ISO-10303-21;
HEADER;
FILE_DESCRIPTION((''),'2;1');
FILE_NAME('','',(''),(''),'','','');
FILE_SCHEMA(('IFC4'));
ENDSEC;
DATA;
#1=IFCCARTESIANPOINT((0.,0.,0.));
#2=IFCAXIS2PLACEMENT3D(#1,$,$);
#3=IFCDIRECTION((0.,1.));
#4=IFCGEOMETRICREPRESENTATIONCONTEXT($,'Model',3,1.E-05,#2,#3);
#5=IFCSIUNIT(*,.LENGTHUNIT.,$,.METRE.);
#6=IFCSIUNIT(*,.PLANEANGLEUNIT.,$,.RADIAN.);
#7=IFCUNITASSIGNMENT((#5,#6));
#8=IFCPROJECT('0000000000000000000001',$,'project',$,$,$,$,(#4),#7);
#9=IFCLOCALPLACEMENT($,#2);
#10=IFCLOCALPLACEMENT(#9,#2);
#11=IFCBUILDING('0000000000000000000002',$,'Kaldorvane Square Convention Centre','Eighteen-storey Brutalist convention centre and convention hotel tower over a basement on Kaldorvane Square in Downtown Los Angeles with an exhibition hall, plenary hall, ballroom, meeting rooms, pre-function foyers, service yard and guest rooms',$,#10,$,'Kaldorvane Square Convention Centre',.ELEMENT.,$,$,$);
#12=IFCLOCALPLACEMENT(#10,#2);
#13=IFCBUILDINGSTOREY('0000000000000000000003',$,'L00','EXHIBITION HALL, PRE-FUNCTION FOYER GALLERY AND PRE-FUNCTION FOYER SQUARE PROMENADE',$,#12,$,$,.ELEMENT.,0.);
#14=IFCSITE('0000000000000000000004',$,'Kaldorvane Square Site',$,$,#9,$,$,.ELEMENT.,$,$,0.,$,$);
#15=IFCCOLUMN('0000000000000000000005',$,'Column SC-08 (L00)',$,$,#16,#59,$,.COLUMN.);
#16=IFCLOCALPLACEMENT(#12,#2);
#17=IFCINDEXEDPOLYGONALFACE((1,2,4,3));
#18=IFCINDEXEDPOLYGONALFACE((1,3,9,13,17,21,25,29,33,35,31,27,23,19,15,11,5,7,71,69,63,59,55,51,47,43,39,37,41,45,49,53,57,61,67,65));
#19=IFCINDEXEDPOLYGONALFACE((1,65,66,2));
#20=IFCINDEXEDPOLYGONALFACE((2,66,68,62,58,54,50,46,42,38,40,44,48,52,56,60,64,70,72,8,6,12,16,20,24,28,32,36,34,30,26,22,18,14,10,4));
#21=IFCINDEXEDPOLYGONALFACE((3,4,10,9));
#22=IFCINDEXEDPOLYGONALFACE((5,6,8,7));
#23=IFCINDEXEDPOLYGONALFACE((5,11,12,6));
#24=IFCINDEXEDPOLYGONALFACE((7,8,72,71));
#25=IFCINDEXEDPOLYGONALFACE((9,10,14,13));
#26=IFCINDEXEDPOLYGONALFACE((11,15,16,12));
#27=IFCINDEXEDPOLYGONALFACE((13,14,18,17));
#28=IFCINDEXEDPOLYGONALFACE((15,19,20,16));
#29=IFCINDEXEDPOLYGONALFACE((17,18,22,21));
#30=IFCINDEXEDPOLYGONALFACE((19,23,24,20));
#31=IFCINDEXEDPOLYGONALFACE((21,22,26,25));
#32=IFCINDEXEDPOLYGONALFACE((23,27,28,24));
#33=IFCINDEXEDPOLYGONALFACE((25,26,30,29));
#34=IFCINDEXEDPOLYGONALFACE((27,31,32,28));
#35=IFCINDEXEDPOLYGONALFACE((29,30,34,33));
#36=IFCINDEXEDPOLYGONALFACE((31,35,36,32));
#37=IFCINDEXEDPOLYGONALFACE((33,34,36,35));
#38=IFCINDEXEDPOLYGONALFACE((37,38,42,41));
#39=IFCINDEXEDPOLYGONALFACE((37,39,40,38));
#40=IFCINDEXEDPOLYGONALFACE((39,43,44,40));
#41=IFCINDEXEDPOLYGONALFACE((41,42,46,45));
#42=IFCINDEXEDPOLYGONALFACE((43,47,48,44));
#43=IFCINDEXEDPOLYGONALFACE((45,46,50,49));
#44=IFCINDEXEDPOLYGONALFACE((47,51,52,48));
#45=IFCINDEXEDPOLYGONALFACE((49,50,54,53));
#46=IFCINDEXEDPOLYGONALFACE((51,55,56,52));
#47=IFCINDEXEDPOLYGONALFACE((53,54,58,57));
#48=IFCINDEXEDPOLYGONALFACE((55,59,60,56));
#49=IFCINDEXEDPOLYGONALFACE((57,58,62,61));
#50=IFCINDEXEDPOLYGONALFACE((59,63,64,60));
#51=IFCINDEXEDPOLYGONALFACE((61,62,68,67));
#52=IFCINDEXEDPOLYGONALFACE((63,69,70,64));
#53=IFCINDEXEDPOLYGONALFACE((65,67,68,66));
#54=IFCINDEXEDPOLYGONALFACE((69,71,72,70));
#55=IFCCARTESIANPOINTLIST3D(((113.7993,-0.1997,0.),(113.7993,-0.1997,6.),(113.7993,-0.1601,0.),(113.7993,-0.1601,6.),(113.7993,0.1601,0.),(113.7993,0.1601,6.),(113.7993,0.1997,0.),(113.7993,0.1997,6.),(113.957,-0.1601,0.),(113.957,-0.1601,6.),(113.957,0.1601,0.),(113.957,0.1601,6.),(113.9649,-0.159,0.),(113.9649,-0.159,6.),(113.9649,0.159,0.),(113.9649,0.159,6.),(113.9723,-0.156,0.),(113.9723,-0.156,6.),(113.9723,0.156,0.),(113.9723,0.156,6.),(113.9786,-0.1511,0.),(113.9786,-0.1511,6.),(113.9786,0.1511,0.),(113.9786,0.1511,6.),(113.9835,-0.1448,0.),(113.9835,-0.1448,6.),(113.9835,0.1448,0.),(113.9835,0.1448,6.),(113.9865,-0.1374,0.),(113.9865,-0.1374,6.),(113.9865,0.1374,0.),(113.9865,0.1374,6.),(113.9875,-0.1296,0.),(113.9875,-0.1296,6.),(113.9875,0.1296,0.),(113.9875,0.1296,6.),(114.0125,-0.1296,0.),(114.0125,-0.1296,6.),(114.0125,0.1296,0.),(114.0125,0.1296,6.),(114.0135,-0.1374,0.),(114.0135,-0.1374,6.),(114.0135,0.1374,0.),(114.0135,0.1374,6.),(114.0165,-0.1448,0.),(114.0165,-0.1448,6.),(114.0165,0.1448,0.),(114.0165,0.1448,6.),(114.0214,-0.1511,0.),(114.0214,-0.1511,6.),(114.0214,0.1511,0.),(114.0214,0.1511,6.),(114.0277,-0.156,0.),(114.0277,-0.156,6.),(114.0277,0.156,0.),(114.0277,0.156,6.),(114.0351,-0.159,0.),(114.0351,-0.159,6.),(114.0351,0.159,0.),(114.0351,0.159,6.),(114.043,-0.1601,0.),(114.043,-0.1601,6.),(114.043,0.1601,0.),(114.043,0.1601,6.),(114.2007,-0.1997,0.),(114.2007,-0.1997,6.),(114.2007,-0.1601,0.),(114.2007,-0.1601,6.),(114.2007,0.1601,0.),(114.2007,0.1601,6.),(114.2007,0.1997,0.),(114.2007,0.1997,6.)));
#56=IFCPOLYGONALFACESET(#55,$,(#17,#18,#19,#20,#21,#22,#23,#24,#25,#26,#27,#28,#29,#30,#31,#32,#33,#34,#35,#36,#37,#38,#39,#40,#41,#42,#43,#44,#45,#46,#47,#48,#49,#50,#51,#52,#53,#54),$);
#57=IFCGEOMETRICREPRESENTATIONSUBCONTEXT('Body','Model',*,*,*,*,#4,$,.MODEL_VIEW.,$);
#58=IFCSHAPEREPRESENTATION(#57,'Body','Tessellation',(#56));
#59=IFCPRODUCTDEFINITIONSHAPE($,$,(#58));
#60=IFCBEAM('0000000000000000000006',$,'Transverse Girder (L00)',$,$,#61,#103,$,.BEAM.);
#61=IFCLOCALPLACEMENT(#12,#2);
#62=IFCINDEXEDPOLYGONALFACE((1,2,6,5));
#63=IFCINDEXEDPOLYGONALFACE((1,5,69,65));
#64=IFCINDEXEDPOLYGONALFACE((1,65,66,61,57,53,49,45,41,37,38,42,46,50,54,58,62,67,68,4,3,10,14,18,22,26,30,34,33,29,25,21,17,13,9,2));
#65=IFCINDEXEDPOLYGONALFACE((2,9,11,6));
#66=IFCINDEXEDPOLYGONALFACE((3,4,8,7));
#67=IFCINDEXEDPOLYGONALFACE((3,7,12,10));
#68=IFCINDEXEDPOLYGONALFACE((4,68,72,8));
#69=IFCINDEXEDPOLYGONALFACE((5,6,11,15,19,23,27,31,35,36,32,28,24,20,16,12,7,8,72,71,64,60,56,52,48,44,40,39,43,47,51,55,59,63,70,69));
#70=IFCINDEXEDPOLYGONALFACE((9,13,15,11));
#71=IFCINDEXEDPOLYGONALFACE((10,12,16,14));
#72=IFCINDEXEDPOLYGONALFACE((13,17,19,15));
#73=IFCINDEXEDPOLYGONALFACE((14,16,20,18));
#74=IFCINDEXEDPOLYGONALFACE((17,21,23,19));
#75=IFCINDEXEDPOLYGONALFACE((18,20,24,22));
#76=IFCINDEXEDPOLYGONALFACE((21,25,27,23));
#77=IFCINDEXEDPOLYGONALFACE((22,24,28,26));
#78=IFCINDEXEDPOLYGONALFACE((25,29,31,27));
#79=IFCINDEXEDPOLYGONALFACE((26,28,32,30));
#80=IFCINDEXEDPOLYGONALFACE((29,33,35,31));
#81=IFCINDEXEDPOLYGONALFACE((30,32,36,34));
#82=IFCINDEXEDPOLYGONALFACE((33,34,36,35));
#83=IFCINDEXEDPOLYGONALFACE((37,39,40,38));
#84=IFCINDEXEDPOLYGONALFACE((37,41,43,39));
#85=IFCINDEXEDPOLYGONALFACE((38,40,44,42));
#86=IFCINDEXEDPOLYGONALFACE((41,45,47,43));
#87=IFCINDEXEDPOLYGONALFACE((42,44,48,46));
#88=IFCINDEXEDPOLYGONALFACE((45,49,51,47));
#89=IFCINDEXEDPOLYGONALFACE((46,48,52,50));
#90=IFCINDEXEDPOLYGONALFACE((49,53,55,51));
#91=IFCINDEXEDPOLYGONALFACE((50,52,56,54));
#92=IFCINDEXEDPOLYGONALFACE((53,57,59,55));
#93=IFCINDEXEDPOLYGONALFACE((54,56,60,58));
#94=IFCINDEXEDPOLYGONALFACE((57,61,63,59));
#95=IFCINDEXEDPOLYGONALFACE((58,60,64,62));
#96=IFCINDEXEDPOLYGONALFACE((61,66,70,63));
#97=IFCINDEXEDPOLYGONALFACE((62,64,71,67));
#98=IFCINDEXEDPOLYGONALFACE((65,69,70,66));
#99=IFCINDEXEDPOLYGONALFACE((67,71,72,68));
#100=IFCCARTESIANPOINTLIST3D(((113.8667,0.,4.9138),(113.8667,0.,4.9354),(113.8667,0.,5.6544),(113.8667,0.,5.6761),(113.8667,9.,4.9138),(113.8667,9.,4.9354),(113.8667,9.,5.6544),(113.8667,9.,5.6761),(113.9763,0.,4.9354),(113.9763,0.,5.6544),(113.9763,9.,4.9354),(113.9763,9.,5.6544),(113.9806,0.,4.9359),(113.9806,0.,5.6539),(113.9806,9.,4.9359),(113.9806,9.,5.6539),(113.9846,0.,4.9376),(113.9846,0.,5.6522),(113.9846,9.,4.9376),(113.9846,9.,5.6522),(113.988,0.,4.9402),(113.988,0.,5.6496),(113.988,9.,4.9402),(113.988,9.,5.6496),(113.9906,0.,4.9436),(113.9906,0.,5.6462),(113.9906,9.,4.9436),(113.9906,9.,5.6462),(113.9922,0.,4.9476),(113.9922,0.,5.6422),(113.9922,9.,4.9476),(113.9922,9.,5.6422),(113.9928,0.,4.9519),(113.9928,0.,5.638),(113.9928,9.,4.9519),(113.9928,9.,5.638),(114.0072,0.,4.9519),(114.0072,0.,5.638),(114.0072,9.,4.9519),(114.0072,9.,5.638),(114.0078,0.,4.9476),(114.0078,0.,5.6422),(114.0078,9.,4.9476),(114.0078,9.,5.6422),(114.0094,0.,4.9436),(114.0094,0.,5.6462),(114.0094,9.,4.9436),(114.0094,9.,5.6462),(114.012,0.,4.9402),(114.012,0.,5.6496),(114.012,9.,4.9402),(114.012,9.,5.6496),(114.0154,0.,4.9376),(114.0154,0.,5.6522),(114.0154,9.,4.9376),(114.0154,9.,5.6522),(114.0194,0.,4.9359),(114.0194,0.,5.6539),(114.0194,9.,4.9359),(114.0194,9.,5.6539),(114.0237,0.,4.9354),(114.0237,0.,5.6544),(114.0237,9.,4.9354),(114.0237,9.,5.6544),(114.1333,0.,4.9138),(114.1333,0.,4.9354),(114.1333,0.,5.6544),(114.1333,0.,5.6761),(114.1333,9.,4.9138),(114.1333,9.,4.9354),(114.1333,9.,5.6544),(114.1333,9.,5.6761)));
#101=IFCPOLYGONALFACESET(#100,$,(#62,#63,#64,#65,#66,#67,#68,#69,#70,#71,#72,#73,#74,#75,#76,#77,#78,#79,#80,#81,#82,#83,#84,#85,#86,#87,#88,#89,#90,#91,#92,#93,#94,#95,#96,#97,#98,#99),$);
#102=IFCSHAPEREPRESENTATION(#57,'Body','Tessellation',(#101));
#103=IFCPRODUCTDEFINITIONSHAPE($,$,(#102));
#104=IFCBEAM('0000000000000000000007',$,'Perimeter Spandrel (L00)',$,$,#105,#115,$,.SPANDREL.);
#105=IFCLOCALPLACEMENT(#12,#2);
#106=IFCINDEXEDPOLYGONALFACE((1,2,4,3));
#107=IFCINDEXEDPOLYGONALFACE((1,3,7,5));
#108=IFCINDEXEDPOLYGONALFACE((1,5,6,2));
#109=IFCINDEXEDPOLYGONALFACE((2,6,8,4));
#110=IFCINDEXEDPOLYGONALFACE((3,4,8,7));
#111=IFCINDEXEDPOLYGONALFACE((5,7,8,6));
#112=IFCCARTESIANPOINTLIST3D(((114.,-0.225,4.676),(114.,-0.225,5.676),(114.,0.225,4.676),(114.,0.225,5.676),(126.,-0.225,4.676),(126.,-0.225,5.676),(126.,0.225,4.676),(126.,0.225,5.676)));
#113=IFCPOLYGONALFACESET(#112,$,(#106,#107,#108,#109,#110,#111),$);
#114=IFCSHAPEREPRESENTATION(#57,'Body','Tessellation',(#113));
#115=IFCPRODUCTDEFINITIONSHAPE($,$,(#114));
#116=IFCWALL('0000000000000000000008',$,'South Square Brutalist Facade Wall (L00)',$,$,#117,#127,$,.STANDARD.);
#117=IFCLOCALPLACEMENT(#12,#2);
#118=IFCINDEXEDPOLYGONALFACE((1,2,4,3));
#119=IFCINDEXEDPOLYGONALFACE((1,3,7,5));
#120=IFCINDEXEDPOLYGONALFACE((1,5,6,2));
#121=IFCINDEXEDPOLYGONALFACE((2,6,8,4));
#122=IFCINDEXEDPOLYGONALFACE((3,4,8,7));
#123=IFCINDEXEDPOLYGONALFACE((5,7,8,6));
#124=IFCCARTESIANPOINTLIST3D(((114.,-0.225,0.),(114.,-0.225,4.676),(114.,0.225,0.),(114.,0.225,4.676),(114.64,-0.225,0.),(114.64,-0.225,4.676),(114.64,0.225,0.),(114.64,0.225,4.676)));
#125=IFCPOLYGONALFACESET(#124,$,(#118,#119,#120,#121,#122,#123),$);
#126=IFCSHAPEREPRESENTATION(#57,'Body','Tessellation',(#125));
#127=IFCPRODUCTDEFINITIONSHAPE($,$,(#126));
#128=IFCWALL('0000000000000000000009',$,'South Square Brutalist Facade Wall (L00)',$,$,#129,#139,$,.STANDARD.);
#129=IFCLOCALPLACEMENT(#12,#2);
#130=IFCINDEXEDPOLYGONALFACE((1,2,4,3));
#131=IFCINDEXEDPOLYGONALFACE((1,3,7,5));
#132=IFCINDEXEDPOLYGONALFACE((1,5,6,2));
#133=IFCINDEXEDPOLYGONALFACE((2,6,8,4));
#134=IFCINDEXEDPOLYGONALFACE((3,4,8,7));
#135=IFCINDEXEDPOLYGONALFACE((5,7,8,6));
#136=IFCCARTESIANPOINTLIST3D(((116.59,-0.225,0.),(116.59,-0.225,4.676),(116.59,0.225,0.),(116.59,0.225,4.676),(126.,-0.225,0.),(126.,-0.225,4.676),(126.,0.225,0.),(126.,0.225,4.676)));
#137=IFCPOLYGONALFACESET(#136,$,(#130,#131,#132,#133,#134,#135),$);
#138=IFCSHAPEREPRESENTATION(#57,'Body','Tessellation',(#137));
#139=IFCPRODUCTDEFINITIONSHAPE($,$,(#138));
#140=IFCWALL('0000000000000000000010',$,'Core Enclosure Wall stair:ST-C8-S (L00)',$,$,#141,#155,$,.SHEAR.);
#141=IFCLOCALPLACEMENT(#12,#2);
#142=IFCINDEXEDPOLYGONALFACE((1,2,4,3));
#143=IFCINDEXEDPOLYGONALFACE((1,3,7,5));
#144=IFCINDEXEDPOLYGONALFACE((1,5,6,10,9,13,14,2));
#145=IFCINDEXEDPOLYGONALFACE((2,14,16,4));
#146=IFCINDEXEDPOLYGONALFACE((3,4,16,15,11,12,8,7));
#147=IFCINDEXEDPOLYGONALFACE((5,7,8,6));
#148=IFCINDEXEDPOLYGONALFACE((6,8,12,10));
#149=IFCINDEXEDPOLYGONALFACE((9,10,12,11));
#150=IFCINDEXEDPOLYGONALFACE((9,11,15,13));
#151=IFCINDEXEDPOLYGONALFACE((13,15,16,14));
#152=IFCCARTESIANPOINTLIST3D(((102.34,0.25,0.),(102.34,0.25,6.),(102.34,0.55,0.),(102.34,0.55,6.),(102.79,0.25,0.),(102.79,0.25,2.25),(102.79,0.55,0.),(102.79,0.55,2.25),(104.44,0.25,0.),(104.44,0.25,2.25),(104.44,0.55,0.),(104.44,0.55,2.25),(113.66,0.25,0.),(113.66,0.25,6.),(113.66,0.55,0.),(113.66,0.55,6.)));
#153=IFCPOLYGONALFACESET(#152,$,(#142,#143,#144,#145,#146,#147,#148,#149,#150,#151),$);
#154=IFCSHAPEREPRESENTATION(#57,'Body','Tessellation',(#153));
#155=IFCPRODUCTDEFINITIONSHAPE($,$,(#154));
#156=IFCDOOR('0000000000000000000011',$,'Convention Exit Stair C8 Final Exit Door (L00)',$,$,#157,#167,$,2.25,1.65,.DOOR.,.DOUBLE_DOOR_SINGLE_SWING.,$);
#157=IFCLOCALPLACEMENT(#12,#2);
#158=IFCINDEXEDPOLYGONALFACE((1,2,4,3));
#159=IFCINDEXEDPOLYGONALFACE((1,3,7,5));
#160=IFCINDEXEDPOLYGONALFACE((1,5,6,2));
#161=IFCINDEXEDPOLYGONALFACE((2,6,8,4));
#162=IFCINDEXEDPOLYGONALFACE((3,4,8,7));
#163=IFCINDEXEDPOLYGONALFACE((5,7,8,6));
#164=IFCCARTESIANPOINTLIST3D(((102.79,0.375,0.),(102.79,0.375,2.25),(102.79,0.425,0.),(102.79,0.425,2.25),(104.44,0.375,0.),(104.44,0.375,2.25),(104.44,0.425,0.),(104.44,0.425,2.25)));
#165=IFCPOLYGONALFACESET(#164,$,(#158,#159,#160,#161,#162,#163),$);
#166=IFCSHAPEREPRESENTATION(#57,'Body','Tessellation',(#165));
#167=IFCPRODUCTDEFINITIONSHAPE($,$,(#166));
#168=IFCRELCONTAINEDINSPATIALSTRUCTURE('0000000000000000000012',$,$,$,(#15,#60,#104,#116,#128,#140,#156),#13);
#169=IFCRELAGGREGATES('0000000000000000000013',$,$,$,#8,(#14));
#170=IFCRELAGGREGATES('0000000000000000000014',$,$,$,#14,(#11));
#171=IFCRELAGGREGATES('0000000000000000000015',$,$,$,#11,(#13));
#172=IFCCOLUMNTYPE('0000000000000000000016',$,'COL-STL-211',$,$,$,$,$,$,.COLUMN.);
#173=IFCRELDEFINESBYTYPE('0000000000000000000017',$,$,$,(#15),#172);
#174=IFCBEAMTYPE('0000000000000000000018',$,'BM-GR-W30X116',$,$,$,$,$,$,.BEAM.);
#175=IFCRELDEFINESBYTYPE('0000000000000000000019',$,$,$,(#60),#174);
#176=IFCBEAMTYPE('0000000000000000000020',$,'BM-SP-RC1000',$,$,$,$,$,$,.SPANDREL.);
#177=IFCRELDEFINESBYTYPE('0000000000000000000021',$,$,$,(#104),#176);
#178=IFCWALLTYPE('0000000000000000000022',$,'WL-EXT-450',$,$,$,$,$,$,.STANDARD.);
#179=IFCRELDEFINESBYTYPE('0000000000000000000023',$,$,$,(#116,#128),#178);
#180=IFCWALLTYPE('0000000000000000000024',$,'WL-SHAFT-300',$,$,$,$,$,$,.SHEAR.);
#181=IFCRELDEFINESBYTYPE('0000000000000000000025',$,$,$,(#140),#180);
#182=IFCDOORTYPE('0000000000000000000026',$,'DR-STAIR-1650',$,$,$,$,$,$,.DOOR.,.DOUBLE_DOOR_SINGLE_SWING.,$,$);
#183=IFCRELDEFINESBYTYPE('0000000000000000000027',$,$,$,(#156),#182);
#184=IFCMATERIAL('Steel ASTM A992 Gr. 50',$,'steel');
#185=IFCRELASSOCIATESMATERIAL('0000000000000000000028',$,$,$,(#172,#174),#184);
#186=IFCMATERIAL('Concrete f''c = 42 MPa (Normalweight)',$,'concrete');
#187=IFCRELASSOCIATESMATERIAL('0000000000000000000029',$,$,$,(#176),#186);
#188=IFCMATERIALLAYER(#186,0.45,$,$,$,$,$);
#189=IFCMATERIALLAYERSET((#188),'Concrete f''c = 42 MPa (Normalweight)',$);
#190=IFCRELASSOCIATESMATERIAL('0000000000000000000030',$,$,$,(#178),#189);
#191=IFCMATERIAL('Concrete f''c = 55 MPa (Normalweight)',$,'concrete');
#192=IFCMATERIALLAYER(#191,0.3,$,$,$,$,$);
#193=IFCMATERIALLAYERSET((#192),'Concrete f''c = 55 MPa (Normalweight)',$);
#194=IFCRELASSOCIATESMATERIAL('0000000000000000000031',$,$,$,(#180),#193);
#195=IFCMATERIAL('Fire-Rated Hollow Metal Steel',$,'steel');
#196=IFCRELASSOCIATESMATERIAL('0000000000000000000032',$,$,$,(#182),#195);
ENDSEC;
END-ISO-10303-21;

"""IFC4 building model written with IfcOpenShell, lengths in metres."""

from ifc_helpers import new_model, si_unit, direction, frame, frame_2d, origin, origin_2d, place, context, subcontext, project, spatial, rectangle, i_section, extrude, material, layer, layer_set, material_profile, profile_set, type_object, element, fill, save


model = new_model("IFC4")

# Units and contexts
model_context = context("Model", 3, precision=1e-05, world=origin(), true_north=direction((0.0, 1.0)))
body_context = subcontext(model_context, "Body", "Model", "MODEL_VIEW")
ifc_project = project(units=[si_unit("LENGTHUNIT", "METRE"), si_unit("PLANEANGLEUNIT", "RADIAN")], contexts=[model_context])

# Site, building, storey
site_placement = place(None, origin())
site = spatial("IfcSite", under=ifc_project, at=site_placement, Name="Kaldorvane Square Site", CompositionType="ELEMENT", RefElevation=0.0)
building_placement = place(site_placement, origin())
building = spatial("IfcBuilding", under=site, at=building_placement, Name="Kaldorvane Square Convention Centre", Description="Eighteen-storey Brutalist convention centre and convention hotel tower over a basement on Kaldorvane Square in Downtown Los Angeles with an exhibition hall, plenary hall, ballroom, meeting rooms, pre-function foyers, service yard and guest rooms", LongName="Kaldorvane Square Convention Centre", CompositionType="ELEMENT")
storey_placement = place(building_placement, origin())
storey = spatial("IfcBuildingStorey", under=building, at=storey_placement, Name="L00", Description="EXHIBITION HALL, PRE-FUNCTION FOYER GALLERY AND PRE-FUNCTION FOYER SQUARE PROMENADE", CompositionType="ELEMENT", Elevation=0.0)

# Column
ifc_material_1 = material(Name="Steel ASTM A992 Gr. 50", Category="steel")
ifc_material_profile_1 = material_profile(ifc_material_1, i_section(OverallWidth=0.4013, OverallDepth=0.3993, WebThickness=0.0249, FlangeThickness=0.0396, FilletRadius=0.0305, at=origin_2d()), Name="W14X211")
ifc_profile_set_1 = profile_set([ifc_material_profile_1], Name="Steel ASTM A992 Gr. 50")
column_type = type_object("IfcColumnType", Name="COL-STL-211", PredefinedType="COLUMN", material=ifc_profile_set_1)
column_placement = place(storey_placement, frame((114.0, 0.0, 0.0), z_axis=(0.0, 0.0, 1.0), x_axis=(1.0, 0.0, 0.0)))
element("IfcColumn", 1, at=column_placement, inside=storey, type_object=column_type, Name="Column SC-08 (L00)", PredefinedType="COLUMN", context=body_context, shape_type="SweptSolid", body=[
    extrude(i_section(OverallWidth=0.4013, OverallDepth=0.3993, WebThickness=0.0249, FlangeThickness=0.0396, FilletRadius=0.0305, at=origin_2d()), origin(), (0.0, 0.0, 1.0), 6.0),
])

# Beams
ifc_material_profile_2 = material_profile(ifc_material_1, i_section(OverallWidth=0.2666, OverallDepth=0.7623, WebThickness=0.0144, FlangeThickness=0.0216, FilletRadius=0.0165, at=origin_2d()), Name="W30X116")
ifc_profile_set_2 = profile_set([ifc_material_profile_2], Name="Steel ASTM A992 Gr. 50")
beam_type_1 = type_object("IfcBeamType", Name="BM-GR-W30X116", PredefinedType="BEAM", material=ifc_profile_set_2)
beam_1_placement = place(storey_placement, frame((114.0, 0.0, 5.2949), z_axis=(0.0, 1.0, 0.0), x_axis=(-1.0, 0.0, 0.0)))
element("IfcBeam", 2, at=beam_1_placement, inside=storey, type_object=beam_type_1, Name="Transverse Girder (L00)", PredefinedType="BEAM", context=body_context, shape_type="SweptSolid", body=[
    extrude(i_section(OverallWidth=0.2666, OverallDepth=0.7623, WebThickness=0.0144, FlangeThickness=0.0216, FilletRadius=0.0165, at=origin_2d()), origin(), (0.0, 0.0, 1.0), 9.0),
])
ifc_material_2 = material(Name="Concrete f'c = 42 MPa (Normalweight)", Category="concrete")
ifc_material_profile_3 = material_profile(ifc_material_2, rectangle(XDim=0.45, YDim=1.0, at=origin_2d()), Name="RCSP1000X450")
ifc_profile_set_3 = profile_set([ifc_material_profile_3], Name="Concrete f'c = 42 MPa (Normalweight)")
beam_type_2 = type_object("IfcBeamType", Name="BM-SP-RC1000", PredefinedType="SPANDREL", material=ifc_profile_set_3)
beam_2_placement = place(storey_placement, frame((114.0, 0.0, 5.176), z_axis=(1.0, 0.0, 0.0), x_axis=(0.0, 1.0, 0.0)))
element("IfcBeam", 3, at=beam_2_placement, inside=storey, type_object=beam_type_2, Name="Perimeter Spandrel (L00)", PredefinedType="SPANDREL", context=body_context, shape_type="SweptSolid", body=[
    extrude(rectangle(XDim=0.45, YDim=1.0, at=origin_2d()), origin(), (0.0, 0.0, 1.0), 12.0),
])

# Walls
ifc_layer_1 = layer(ifc_material_2, 0.45)
ifc_layer_set_1 = layer_set([ifc_layer_1], Name="Concrete f'c = 42 MPa (Normalweight)")
wall_type_1 = type_object("IfcWallType", Name="WL-EXT-450", PredefinedType="STANDARD", material=ifc_layer_set_1)
wall_1_placement = place(storey_placement, frame((114.0, 0.0, 0.0), z_axis=(0.0, 0.0, 1.0), x_axis=(1.0, 0.0, 0.0)))
element("IfcWall", 4, at=wall_1_placement, inside=storey, type_object=wall_type_1, Name="South Square Brutalist Facade Wall (L00)", PredefinedType="STANDARD", context=body_context, shape_type="SweptSolid", body=[
    extrude(rectangle(XDim=0.64, YDim=0.45, at=frame_2d((0.32, 0.0))), origin(), (0.0, 0.0, 1.0), 4.676),
])
wall_2_placement = place(storey_placement, frame((116.59, 0.0, 0.0), z_axis=(0.0, 0.0, 1.0), x_axis=(1.0, 0.0, 0.0)))
element("IfcWall", 5, at=wall_2_placement, inside=storey, type_object=wall_type_1, Name="South Square Brutalist Facade Wall (L00)", PredefinedType="STANDARD", context=body_context, shape_type="SweptSolid", body=[
    extrude(rectangle(XDim=9.41, YDim=0.45, at=frame_2d((4.705, 0.0))), origin(), (0.0, 0.0, 1.0), 4.676),
])

# Wall, opening, door
ifc_material_3 = material(Name="Concrete f'c = 55 MPa (Normalweight)", Category="concrete")
ifc_layer_2 = layer(ifc_material_3, 0.3)
ifc_layer_set_2 = layer_set([ifc_layer_2], Name="Concrete f'c = 55 MPa (Normalweight)")
wall_type_2 = type_object("IfcWallType", Name="WL-SHAFT-300", PredefinedType="SHEAR", material=ifc_layer_set_2)
wall_3_placement = place(storey_placement, frame((113.66, 0.4, 0.0), z_axis=(0.0, 0.0, 1.0), x_axis=(-1.0, 0.0, 0.0)))
wall_3 = element("IfcWall", 6, at=wall_3_placement, inside=storey, type_object=wall_type_2, Name="Core Enclosure Wall stair:ST-C8-S (L00)", PredefinedType="SHEAR", context=body_context, shape_type="SweptSolid", body=[
    extrude(rectangle(XDim=11.32, YDim=0.3, at=frame_2d((5.66, 0.0))), origin(), (0.0, 0.0, 1.0), 6.0),
])
opening_1_placement = place(wall_3_placement, frame((9.22, 0.0, 0.0)))
opening_1 = element("IfcOpeningElement", 7, at=opening_1_placement, cuts=wall_3, PredefinedType="OPENING", context=body_context, shape_type="SweptSolid", body=[
    extrude(rectangle(XDim=1.65, YDim=2.25, at=frame_2d((0.825, 1.125))), frame((0.0, 0.165, 0.0), z_axis=(0.0, -1.0, 0.0), x_axis=(1.0, 0.0, 0.0)), (0.0, 0.0, 1.0), 0.33),
])
ifc_material_4 = material(Name="Fire-Rated Hollow Metal Steel", Category="steel")
door_type = type_object("IfcDoorType", Name="DR-STAIR-1650", OperationType="DOUBLE_DOOR_SINGLE_SWING", PredefinedType="DOOR", material=ifc_material_4)
door_1_placement = place(opening_1_placement, origin())
door_1 = element("IfcDoor", 8, at=door_1_placement, inside=storey, type_object=door_type, Name="Convention Exit Stair C8 Final Exit Door (L00)", OperationType="DOUBLE_DOOR_SINGLE_SWING", OverallHeight=2.25, OverallWidth=1.65, PredefinedType="DOOR", context=body_context, shape_type="SweptSolid", body=[
    extrude(rectangle(XDim=1.65, YDim=2.25, at=frame_2d((0.825, 1.125))), frame((0.0, 0.025, 0.0), z_axis=(0.0, -1.0, 0.0), x_axis=(1.0, 0.0, 0.0)), (0.0, 0.0, 1.0), 0.05),
])
fill(opening_1, door_1)

save(model, "model.ifc")
